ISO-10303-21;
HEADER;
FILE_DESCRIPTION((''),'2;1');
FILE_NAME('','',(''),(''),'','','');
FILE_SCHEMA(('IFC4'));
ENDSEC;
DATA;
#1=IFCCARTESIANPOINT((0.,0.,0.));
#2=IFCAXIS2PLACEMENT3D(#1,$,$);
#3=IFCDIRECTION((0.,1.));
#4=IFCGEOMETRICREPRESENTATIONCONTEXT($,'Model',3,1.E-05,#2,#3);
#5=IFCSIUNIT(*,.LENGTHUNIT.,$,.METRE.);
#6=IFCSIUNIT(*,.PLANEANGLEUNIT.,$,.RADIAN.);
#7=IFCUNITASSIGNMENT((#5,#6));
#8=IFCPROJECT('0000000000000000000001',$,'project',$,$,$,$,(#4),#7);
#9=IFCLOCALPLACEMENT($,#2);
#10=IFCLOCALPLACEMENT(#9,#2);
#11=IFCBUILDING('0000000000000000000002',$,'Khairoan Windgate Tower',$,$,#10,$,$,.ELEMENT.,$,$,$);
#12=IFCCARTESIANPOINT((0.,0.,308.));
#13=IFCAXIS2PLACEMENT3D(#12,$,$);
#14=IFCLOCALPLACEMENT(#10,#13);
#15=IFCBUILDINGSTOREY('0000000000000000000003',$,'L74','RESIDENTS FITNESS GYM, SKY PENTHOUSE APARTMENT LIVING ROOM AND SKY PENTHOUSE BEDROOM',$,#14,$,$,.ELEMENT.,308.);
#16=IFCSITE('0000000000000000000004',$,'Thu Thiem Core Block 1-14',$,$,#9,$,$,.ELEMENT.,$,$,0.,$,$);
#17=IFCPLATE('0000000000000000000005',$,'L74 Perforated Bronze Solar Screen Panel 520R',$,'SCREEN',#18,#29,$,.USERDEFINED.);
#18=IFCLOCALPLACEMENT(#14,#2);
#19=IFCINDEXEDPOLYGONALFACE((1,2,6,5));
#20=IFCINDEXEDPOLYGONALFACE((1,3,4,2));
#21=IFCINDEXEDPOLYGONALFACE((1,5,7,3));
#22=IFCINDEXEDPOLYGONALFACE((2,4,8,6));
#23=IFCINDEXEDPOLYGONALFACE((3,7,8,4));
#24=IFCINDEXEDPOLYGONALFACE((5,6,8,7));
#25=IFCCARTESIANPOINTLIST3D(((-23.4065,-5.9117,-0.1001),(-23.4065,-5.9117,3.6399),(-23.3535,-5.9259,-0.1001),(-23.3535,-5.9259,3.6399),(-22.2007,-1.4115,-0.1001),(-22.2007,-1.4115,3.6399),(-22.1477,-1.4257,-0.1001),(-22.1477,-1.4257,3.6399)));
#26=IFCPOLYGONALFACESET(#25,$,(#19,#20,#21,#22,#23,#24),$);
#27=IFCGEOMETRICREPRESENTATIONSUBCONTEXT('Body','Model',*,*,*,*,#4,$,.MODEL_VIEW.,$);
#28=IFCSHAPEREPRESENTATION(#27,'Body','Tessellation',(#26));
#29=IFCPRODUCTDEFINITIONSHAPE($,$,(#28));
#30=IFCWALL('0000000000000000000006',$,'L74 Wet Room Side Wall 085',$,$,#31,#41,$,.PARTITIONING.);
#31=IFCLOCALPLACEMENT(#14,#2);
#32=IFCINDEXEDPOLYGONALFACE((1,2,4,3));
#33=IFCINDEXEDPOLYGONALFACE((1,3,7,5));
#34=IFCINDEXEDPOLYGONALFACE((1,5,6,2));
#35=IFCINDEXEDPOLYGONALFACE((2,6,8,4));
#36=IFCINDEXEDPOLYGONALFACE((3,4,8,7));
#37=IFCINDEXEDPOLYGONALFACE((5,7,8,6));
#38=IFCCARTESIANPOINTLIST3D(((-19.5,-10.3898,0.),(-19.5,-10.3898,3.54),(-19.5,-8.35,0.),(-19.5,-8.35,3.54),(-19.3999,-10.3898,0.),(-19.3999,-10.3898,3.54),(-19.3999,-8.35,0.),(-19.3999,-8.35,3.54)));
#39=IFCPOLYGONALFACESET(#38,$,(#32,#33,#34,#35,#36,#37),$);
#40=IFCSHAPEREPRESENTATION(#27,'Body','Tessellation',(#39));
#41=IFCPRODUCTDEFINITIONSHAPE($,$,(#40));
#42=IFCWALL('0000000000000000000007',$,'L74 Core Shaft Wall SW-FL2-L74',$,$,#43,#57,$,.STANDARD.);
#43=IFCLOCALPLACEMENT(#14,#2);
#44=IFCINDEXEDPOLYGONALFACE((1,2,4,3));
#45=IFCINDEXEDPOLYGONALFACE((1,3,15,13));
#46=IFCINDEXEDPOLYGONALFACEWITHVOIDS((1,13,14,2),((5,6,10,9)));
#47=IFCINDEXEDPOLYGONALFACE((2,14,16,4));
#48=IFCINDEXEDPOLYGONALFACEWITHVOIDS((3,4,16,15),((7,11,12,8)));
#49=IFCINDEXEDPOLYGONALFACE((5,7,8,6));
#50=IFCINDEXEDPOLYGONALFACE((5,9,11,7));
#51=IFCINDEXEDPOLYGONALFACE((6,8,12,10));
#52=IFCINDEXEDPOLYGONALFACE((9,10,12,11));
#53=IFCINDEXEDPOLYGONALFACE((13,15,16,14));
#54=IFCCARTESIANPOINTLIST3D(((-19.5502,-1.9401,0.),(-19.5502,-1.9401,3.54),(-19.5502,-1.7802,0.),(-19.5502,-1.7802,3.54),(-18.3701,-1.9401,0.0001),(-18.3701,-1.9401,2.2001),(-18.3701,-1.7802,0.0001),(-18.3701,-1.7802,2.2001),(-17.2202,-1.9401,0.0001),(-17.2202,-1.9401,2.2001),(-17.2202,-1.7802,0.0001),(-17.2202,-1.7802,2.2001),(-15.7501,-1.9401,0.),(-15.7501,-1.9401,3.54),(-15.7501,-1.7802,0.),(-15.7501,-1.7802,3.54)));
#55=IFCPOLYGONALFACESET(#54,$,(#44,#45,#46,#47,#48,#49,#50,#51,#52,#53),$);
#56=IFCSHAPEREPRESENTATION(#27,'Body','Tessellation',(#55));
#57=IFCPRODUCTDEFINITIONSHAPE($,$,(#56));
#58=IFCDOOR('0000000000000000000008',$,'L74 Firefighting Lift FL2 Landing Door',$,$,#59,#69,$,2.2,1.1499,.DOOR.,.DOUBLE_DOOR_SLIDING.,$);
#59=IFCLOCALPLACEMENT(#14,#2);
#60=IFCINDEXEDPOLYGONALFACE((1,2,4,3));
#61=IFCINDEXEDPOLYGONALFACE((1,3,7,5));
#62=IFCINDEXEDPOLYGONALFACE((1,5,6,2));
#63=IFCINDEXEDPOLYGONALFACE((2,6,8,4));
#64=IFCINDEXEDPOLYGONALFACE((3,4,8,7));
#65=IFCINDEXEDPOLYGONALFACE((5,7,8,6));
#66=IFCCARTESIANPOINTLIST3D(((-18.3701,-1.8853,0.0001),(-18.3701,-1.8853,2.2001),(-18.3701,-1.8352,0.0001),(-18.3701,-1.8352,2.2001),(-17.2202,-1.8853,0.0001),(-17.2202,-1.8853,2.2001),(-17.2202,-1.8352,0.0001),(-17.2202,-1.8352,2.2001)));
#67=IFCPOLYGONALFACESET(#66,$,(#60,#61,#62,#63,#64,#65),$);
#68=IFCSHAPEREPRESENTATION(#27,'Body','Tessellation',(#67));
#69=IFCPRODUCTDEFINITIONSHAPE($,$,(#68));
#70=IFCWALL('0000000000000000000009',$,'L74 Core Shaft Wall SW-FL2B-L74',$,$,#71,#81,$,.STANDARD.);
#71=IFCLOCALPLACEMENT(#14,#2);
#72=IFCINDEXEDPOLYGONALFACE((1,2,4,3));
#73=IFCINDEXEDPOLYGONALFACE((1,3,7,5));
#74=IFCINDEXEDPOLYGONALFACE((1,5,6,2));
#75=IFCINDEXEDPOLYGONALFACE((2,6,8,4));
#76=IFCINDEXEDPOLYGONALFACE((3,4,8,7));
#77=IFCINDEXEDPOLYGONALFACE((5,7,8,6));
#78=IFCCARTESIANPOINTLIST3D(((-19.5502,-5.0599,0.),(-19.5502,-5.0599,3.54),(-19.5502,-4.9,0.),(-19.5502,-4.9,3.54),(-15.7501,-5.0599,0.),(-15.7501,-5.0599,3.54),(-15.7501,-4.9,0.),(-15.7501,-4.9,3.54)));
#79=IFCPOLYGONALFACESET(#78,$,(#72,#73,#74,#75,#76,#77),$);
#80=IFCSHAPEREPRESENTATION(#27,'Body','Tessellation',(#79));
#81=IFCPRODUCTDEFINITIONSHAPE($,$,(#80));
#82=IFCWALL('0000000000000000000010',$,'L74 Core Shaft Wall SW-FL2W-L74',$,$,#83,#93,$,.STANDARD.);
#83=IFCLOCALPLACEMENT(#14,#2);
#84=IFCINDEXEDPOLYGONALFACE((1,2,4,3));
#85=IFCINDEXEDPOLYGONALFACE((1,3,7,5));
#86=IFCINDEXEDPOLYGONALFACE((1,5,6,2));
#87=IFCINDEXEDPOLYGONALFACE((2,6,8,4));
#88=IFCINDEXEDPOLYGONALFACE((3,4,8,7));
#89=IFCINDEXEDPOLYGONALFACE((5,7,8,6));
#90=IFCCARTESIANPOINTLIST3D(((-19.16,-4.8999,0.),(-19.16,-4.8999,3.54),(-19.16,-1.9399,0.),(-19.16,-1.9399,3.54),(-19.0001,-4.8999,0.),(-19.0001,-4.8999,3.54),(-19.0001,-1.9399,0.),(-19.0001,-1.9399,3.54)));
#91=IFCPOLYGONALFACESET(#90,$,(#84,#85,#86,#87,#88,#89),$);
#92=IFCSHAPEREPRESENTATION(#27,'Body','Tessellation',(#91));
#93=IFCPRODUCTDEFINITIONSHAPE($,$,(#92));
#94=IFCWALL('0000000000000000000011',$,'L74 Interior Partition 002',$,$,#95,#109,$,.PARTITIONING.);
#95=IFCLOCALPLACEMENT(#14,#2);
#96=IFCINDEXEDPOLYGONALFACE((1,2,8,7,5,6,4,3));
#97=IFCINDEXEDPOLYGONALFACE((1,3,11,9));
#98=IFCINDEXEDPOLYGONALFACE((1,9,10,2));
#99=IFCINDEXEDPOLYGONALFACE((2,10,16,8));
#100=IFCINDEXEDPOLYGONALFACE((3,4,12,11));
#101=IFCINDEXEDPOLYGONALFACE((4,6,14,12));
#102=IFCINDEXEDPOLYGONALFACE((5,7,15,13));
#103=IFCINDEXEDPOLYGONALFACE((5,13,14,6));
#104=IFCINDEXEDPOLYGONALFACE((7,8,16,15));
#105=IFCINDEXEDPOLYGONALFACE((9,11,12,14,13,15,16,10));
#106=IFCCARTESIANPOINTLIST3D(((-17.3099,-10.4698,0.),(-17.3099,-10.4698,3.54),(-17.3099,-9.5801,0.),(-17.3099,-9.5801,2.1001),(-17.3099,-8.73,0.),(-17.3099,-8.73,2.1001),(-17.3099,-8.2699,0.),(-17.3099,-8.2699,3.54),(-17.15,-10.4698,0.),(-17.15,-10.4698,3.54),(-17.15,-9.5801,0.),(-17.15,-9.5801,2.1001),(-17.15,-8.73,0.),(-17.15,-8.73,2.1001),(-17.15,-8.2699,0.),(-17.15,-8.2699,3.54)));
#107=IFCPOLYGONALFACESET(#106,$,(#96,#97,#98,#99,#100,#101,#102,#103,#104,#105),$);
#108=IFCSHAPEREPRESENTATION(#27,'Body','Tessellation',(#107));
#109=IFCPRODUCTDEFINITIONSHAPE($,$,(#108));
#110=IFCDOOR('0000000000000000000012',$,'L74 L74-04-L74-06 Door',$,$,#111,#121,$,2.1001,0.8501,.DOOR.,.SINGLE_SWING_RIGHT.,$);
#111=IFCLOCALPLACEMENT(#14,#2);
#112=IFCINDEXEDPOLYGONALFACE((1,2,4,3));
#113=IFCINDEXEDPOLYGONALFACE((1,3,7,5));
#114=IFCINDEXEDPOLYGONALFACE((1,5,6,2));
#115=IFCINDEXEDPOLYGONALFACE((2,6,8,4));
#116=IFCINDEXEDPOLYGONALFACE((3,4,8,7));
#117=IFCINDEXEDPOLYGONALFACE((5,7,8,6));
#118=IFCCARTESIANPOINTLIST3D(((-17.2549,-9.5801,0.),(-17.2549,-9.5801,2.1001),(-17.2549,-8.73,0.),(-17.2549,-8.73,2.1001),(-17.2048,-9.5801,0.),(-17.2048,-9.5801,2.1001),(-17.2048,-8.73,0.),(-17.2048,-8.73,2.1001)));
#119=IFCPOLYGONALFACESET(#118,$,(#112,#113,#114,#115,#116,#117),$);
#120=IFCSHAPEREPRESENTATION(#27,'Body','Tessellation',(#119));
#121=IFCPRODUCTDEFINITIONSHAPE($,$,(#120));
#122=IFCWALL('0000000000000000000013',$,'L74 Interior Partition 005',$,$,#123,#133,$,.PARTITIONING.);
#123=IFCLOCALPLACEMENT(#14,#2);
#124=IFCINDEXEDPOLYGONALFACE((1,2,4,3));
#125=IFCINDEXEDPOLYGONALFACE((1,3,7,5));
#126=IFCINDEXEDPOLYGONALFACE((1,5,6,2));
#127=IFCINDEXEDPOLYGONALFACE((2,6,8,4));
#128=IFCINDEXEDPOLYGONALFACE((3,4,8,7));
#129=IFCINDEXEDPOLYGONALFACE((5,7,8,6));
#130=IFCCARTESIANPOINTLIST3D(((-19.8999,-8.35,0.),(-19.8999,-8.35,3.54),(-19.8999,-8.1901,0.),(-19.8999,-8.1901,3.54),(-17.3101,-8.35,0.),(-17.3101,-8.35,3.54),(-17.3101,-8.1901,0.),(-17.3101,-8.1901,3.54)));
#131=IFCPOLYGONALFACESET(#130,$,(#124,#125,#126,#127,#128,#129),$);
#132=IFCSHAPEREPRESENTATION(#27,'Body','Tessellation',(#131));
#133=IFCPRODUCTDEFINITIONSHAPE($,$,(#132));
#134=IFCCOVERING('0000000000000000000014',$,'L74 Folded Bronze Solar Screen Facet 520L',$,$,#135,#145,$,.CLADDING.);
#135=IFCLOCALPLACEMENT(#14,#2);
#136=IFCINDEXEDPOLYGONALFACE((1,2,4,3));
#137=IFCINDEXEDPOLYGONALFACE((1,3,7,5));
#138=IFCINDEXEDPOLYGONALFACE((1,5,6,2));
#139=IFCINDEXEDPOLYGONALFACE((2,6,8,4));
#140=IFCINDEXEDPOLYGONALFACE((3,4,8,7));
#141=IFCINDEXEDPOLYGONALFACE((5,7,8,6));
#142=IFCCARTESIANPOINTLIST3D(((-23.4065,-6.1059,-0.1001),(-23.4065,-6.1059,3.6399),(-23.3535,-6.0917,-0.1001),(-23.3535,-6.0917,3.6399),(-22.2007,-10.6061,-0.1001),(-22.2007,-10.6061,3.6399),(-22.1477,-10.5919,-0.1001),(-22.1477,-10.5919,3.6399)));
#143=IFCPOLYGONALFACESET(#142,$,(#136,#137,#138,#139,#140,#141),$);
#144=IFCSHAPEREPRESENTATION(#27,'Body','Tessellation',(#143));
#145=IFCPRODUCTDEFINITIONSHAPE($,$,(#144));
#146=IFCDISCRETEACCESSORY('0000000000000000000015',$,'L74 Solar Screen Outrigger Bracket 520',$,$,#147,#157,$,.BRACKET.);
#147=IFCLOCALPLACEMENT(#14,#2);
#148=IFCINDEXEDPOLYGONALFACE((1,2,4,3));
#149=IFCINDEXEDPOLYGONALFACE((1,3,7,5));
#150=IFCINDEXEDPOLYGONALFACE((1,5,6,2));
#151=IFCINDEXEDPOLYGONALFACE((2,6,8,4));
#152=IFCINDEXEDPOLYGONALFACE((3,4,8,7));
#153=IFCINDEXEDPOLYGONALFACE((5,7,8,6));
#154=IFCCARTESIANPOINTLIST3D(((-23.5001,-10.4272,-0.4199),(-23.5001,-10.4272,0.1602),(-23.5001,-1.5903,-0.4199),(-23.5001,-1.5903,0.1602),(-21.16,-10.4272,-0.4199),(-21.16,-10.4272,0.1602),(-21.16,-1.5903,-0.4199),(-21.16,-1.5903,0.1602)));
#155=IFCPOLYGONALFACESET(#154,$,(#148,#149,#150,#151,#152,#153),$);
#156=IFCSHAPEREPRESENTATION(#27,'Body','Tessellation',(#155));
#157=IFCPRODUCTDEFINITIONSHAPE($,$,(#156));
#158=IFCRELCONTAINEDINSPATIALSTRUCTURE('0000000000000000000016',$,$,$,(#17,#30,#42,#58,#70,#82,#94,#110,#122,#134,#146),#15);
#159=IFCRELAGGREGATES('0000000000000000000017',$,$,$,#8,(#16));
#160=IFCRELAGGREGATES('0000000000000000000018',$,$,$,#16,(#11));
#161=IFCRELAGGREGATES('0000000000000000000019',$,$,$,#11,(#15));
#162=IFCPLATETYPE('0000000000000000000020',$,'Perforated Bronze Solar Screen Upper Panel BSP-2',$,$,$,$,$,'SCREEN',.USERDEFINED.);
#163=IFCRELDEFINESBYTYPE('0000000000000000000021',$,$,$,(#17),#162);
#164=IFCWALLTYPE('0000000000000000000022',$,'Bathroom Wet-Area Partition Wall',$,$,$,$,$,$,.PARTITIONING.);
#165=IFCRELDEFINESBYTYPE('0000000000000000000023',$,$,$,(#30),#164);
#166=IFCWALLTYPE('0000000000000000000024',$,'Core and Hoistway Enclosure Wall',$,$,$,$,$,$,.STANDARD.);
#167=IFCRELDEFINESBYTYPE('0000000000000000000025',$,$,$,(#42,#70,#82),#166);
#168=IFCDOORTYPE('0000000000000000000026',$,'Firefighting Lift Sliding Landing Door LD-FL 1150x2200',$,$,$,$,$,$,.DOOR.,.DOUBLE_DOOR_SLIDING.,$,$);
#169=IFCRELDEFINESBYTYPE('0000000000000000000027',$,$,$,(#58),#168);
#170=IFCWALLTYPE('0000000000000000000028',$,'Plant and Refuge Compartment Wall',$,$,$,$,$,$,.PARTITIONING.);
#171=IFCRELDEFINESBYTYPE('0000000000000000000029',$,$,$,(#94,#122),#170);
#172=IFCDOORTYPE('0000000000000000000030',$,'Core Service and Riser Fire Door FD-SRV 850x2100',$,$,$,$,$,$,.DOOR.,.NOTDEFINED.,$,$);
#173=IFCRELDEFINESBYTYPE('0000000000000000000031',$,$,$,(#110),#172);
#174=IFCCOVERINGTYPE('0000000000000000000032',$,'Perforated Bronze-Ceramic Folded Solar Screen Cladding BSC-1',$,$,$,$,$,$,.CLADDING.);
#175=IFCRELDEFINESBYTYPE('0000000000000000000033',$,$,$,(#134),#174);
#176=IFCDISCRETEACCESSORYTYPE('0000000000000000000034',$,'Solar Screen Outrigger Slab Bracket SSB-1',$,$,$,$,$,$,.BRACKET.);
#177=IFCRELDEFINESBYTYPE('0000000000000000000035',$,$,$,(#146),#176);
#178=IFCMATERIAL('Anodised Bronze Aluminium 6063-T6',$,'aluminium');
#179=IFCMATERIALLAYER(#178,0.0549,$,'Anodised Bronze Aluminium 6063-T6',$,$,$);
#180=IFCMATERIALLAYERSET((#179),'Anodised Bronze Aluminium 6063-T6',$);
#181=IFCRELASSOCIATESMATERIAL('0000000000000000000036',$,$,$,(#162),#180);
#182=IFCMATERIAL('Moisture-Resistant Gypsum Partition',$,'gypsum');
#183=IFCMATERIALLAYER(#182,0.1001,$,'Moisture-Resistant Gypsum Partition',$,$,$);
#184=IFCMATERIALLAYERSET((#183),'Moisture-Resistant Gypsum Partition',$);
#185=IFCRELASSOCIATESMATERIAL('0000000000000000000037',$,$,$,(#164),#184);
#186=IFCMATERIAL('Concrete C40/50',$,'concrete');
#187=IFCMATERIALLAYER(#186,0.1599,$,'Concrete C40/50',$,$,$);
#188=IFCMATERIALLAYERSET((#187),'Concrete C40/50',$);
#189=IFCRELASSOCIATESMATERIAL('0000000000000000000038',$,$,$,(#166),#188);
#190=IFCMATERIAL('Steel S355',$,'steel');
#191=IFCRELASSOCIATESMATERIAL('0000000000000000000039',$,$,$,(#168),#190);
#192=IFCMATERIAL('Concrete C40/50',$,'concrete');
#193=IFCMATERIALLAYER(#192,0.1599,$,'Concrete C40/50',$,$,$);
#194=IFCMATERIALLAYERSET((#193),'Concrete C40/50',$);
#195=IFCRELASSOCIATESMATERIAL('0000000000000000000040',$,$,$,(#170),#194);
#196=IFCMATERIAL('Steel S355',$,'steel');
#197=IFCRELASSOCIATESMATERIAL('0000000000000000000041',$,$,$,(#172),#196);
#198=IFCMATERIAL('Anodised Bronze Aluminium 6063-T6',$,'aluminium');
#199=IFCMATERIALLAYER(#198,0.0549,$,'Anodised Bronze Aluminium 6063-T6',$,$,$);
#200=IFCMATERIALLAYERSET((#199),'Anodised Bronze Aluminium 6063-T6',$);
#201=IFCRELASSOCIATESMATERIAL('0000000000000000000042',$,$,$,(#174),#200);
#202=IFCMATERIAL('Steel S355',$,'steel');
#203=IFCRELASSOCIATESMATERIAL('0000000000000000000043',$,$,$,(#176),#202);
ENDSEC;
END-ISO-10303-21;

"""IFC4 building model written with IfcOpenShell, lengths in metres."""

from ifc_helpers import new_model, si_unit, direction, frame, frame_2d, origin, origin_2d, place, context, subcontext, project, spatial, rectangle, extrude, material, layer, layer_set, type_object, element, fill, save


model = new_model("IFC4")

# Units and contexts
model_context = context("Model", 3, precision=1e-05, world=origin(), true_north=direction((0.0, 1.0)))
body_context = subcontext(model_context, "Body", "Model", "MODEL_VIEW")
ifc_project = project(units=[si_unit("LENGTHUNIT", "METRE"), si_unit("PLANEANGLEUNIT", "RADIAN")], contexts=[model_context])

# Site, building, storey
site_placement = place(None, origin())
site = spatial("IfcSite", under=ifc_project, at=site_placement, Name="Thu Thiem Core Block 1-14", CompositionType="ELEMENT", RefElevation=0.0)
building_placement = place(site_placement, origin())
building = spatial("IfcBuilding", under=site, at=building_placement, Name="Khairoan Windgate Tower", CompositionType="ELEMENT")
storey_placement = place(building_placement, frame((0.0, 0.0, 308.0)))
storey = spatial("IfcBuildingStorey", under=building, at=storey_placement, Name="L74", Description="RESIDENTS FITNESS GYM, SKY PENTHOUSE APARTMENT LIVING ROOM AND SKY PENTHOUSE BEDROOM", CompositionType="ELEMENT", Elevation=308.0)

# Plate
ifc_material_1 = material(Name="Anodised Bronze Aluminium 6063-T6", Category="aluminium")
ifc_layer_1 = layer(ifc_material_1, 0.0549, Name="Anodised Bronze Aluminium 6063-T6")
ifc_layer_set_1 = layer_set([ifc_layer_1], Name="Anodised Bronze Aluminium 6063-T6")
plate_type = type_object("IfcPlateType", Name="Perforated Bronze Solar Screen Upper Panel BSP-2", ElementType="SCREEN", PredefinedType="USERDEFINED", material=ifc_layer_set_1)
plate_placement = place(storey_placement, frame((-22.7771, -3.6687, -0.1001), z_axis=(0.0, 0.0, 1.0), x_axis=(0.258819, 0.965926, 0.0)))
element("IfcPlate", 1, at=plate_placement, inside=storey, type_object=plate_type, Name="L74 Perforated Bronze Solar Screen Panel 520R", ObjectType="SCREEN", PredefinedType="USERDEFINED", context=body_context, shape_type="SweptSolid", body=[
    extrude(rectangle(XDim=4.6589, YDim=0.0549, at=origin_2d()), origin(), (0.0, 0.0, 1.0), 3.74),
])

# Wall
ifc_material_2 = material(Name="Moisture-Resistant Gypsum Partition", Category="gypsum")
ifc_layer_2 = layer(ifc_material_2, 0.1001, Name="Moisture-Resistant Gypsum Partition")
ifc_layer_set_2 = layer_set([ifc_layer_2], Name="Moisture-Resistant Gypsum Partition")
wall_type_1 = type_object("IfcWallType", Name="Bathroom Wet-Area Partition Wall", PredefinedType="PARTITIONING", material=ifc_layer_set_2)
wall_1_placement = place(storey_placement, frame((-19.45, -10.3899, 0.0), z_axis=(0.0, 0.0, 1.0), x_axis=(0.0, 1.0, 0.0)))
element("IfcWall", 2, at=wall_1_placement, inside=storey, type_object=wall_type_1, Name="L74 Wet Room Side Wall 085", PredefinedType="PARTITIONING", context=body_context, shape_type="SweptSolid", body=[
    extrude(rectangle(XDim=2.0398, YDim=0.1001, at=frame_2d((1.02, 0.0))), origin(), (0.0, 0.0, 1.0), 3.54),
])

# Wall, opening, door
ifc_material_3 = material(Name="Concrete C40/50", Category="concrete")
ifc_layer_3 = layer(ifc_material_3, 0.1599, Name="Concrete C40/50")
ifc_layer_set_3 = layer_set([ifc_layer_3], Name="Concrete C40/50")
wall_type_2 = type_object("IfcWallType", Name="Core and Hoistway Enclosure Wall", PredefinedType="STANDARD", material=ifc_layer_set_3)
wall_2_placement = place(storey_placement, frame((-19.55, -1.8601, 0.0), z_axis=(0.0, 0.0, 1.0), x_axis=(1.0, 0.0, 0.0)))
wall_2 = element("IfcWall", 3, at=wall_2_placement, inside=storey, type_object=wall_type_2, Name="L74 Core Shaft Wall SW-FL2-L74", PredefinedType="STANDARD", context=body_context, shape_type="SweptSolid", body=[
    extrude(rectangle(XDim=3.8, YDim=0.1599, at=frame_2d((1.8999, 0.0))), origin(), (0.0, 0.0, 1.0), 3.54),
])
opening_1_placement = place(wall_2_placement, frame((1.1799, 0.0, 0.0)))
opening_1 = element("IfcOpeningElement", 4, at=opening_1_placement, cuts=wall_2, PredefinedType="OPENING", context=body_context, shape_type="SweptSolid", body=[
    extrude(rectangle(XDim=1.1499, YDim=2.2, at=frame_2d((0.575, 1.1001))), frame((0.0, 0.0898, 0.0), z_axis=(0.0, -1.0, 0.0), x_axis=(1.0, 0.0, 0.0)), (0.0, 0.0, 1.0), 0.1799),
])
ifc_material_4 = material(Name="Steel S355", Category="steel")
door_type_1 = type_object("IfcDoorType", Name="Firefighting Lift Sliding Landing Door LD-FL 1150x2200", OperationType="DOUBLE_DOOR_SLIDING", PredefinedType="DOOR", material=ifc_material_4)
door_1_placement = place(opening_1_placement, origin())
door_1 = element("IfcDoor", 5, at=door_1_placement, inside=storey, type_object=door_type_1, Name="L74 Firefighting Lift FL2 Landing Door", OperationType="DOUBLE_DOOR_SLIDING", OverallHeight=2.2, OverallWidth=1.1499, PredefinedType="DOOR", context=body_context, shape_type="SweptSolid", body=[
    extrude(rectangle(XDim=1.1499, YDim=2.2, at=frame_2d((0.575, 1.1001))), frame((0.0, 0.0249, 0.0), z_axis=(0.0, -1.0, 0.0), x_axis=(1.0, 0.0, 0.0)), (0.0, 0.0, 1.0), 0.05),
])
fill(opening_1, door_1)

# Walls
wall_3_placement = place(storey_placement, frame((-19.55, -4.98, 0.0), z_axis=(0.0, 0.0, 1.0), x_axis=(1.0, 0.0, 0.0)))
element("IfcWall", 6, at=wall_3_placement, inside=storey, type_object=wall_type_2, Name="L74 Core Shaft Wall SW-FL2B-L74", PredefinedType="STANDARD", context=body_context, shape_type="SweptSolid", body=[
    extrude(rectangle(XDim=3.8, YDim=0.1599, at=frame_2d((1.8999, 0.0))), origin(), (0.0, 0.0, 1.0), 3.54),
])
wall_4_placement = place(storey_placement, frame((-19.0801, -4.8999, 0.0), z_axis=(0.0, 0.0, 1.0), x_axis=(0.0, 1.0, 0.0)))
element("IfcWall", 7, at=wall_4_placement, inside=storey, type_object=wall_type_2, Name="L74 Core Shaft Wall SW-FL2W-L74", PredefinedType="STANDARD", context=body_context, shape_type="SweptSolid", body=[
    extrude(rectangle(XDim=2.96, YDim=0.1599, at=frame_2d((1.48, 0.0))), origin(), (0.0, 0.0, 1.0), 3.54),
])

# Wall, opening, door
ifc_material_5 = material(Name="Concrete C40/50", Category="concrete")
ifc_layer_4 = layer(ifc_material_5, 0.1599, Name="Concrete C40/50")
ifc_layer_set_4 = layer_set([ifc_layer_4], Name="Concrete C40/50")
wall_type_3 = type_object("IfcWallType", Name="Plant and Refuge Compartment Wall", PredefinedType="PARTITIONING", material=ifc_layer_set_4)
wall_5_placement = place(storey_placement, frame((-17.23, -10.47, 0.0), z_axis=(0.0, 0.0, 1.0), x_axis=(0.0, 1.0, 0.0)))
wall_5 = element("IfcWall", 8, at=wall_5_placement, inside=storey, type_object=wall_type_3, Name="L74 Interior Partition 002", PredefinedType="PARTITIONING", context=body_context, shape_type="SweptSolid", body=[
    extrude(rectangle(XDim=2.2, YDim=0.1599, at=frame_2d((1.1001, 0.0))), origin(), (0.0, 0.0, 1.0), 3.54),
])
opening_2_placement = place(wall_5_placement, frame((0.8899, 0.0, 0.0)))
opening_2 = element("IfcOpeningElement", 9, at=opening_2_placement, cuts=wall_5, PredefinedType="OPENING", context=body_context, shape_type="SweptSolid", body=[
    extrude(rectangle(XDim=0.8501, YDim=2.1001, at=frame_2d((0.425, 1.05))), frame((0.0, 0.0898, 0.0), z_axis=(0.0, -1.0, 0.0), x_axis=(1.0, 0.0, 0.0)), (0.0, 0.0, 1.0), 0.1799),
])
ifc_material_6 = material(Name="Steel S355", Category="steel")
door_type_2 = type_object("IfcDoorType", Name="Core Service and Riser Fire Door FD-SRV 850x2100", OperationType="NOTDEFINED", PredefinedType="DOOR", material=ifc_material_6)
door_2_placement = place(opening_2_placement, origin())
door_2 = element("IfcDoor", 10, at=door_2_placement, inside=storey, type_object=door_type_2, Name="L74 L74-04-L74-06 Door", OperationType="SINGLE_SWING_RIGHT", OverallHeight=2.1001, OverallWidth=0.8501, PredefinedType="DOOR", context=body_context, shape_type="SweptSolid", body=[
    extrude(rectangle(XDim=0.8501, YDim=2.1001, at=frame_2d((0.425, 1.05))), frame((0.0, 0.0249, 0.0), z_axis=(0.0, -1.0, 0.0), x_axis=(1.0, 0.0, 0.0)), (0.0, 0.0, 1.0), 0.05),
])
fill(opening_2, door_2)

# Wall
wall_6_placement = place(storey_placement, frame((-19.8999, -8.27, 0.0), z_axis=(0.0, 0.0, 1.0), x_axis=(1.0, 0.0, 0.0)))
element("IfcWall", 11, at=wall_6_placement, inside=storey, type_object=wall_type_3, Name="L74 Interior Partition 005", PredefinedType="PARTITIONING", context=body_context, shape_type="SweptSolid", body=[
    extrude(rectangle(XDim=2.5898, YDim=0.1599, at=frame_2d((1.2949, 0.0))), origin(), (0.0, 0.0, 1.0), 3.54),
])

# Covering
ifc_material_7 = material(Name="Anodised Bronze Aluminium 6063-T6", Category="aluminium")
ifc_layer_5 = layer(ifc_material_7, 0.0549, Name="Anodised Bronze Aluminium 6063-T6")
ifc_layer_set_5 = layer_set([ifc_layer_5], Name="Anodised Bronze Aluminium 6063-T6")
covering_type = type_object("IfcCoveringType", Name="Perforated Bronze-Ceramic Folded Solar Screen Cladding BSC-1", PredefinedType="CLADDING", material=ifc_layer_set_5)
covering_placement = place(storey_placement, frame((-22.7771, -8.3489, -0.1001), z_axis=(0.0, 0.0, 1.0), x_axis=(-0.258819, 0.965926, 0.0)))
element("IfcCovering", 12, at=covering_placement, inside=storey, type_object=covering_type, Name="L74 Folded Bronze Solar Screen Facet 520L", PredefinedType="CLADDING", context=body_context, shape_type="SweptSolid", body=[
    extrude(rectangle(XDim=4.6589, YDim=0.0549, at=origin_2d()), origin(), (0.0, 0.0, 1.0), 3.74),
])

# Discrete accessory
ifc_material_8 = material(Name="Steel S355", Category="steel")
discrete_accessory_type = type_object("IfcDiscreteAccessoryType", Name="Solar Screen Outrigger Slab Bracket SSB-1", PredefinedType="BRACKET", material=ifc_material_8)
discrete_accessory_placement = place(storey_placement, frame((-22.3301, -6.0088, -0.4199), z_axis=(0.0, 0.0, 1.0), x_axis=(0.0, 1.0, 0.0)))
element("IfcDiscreteAccessory", 13, at=discrete_accessory_placement, inside=storey, type_object=discrete_accessory_type, Name="L74 Solar Screen Outrigger Bracket 520", PredefinedType="BRACKET", context=body_context, shape_type="SweptSolid", body=[
    extrude(rectangle(XDim=8.8369, YDim=2.3401, at=origin_2d()), origin(), (0.0, 0.0, 1.0), 0.5801),
])

save(model, "model.ifc")
